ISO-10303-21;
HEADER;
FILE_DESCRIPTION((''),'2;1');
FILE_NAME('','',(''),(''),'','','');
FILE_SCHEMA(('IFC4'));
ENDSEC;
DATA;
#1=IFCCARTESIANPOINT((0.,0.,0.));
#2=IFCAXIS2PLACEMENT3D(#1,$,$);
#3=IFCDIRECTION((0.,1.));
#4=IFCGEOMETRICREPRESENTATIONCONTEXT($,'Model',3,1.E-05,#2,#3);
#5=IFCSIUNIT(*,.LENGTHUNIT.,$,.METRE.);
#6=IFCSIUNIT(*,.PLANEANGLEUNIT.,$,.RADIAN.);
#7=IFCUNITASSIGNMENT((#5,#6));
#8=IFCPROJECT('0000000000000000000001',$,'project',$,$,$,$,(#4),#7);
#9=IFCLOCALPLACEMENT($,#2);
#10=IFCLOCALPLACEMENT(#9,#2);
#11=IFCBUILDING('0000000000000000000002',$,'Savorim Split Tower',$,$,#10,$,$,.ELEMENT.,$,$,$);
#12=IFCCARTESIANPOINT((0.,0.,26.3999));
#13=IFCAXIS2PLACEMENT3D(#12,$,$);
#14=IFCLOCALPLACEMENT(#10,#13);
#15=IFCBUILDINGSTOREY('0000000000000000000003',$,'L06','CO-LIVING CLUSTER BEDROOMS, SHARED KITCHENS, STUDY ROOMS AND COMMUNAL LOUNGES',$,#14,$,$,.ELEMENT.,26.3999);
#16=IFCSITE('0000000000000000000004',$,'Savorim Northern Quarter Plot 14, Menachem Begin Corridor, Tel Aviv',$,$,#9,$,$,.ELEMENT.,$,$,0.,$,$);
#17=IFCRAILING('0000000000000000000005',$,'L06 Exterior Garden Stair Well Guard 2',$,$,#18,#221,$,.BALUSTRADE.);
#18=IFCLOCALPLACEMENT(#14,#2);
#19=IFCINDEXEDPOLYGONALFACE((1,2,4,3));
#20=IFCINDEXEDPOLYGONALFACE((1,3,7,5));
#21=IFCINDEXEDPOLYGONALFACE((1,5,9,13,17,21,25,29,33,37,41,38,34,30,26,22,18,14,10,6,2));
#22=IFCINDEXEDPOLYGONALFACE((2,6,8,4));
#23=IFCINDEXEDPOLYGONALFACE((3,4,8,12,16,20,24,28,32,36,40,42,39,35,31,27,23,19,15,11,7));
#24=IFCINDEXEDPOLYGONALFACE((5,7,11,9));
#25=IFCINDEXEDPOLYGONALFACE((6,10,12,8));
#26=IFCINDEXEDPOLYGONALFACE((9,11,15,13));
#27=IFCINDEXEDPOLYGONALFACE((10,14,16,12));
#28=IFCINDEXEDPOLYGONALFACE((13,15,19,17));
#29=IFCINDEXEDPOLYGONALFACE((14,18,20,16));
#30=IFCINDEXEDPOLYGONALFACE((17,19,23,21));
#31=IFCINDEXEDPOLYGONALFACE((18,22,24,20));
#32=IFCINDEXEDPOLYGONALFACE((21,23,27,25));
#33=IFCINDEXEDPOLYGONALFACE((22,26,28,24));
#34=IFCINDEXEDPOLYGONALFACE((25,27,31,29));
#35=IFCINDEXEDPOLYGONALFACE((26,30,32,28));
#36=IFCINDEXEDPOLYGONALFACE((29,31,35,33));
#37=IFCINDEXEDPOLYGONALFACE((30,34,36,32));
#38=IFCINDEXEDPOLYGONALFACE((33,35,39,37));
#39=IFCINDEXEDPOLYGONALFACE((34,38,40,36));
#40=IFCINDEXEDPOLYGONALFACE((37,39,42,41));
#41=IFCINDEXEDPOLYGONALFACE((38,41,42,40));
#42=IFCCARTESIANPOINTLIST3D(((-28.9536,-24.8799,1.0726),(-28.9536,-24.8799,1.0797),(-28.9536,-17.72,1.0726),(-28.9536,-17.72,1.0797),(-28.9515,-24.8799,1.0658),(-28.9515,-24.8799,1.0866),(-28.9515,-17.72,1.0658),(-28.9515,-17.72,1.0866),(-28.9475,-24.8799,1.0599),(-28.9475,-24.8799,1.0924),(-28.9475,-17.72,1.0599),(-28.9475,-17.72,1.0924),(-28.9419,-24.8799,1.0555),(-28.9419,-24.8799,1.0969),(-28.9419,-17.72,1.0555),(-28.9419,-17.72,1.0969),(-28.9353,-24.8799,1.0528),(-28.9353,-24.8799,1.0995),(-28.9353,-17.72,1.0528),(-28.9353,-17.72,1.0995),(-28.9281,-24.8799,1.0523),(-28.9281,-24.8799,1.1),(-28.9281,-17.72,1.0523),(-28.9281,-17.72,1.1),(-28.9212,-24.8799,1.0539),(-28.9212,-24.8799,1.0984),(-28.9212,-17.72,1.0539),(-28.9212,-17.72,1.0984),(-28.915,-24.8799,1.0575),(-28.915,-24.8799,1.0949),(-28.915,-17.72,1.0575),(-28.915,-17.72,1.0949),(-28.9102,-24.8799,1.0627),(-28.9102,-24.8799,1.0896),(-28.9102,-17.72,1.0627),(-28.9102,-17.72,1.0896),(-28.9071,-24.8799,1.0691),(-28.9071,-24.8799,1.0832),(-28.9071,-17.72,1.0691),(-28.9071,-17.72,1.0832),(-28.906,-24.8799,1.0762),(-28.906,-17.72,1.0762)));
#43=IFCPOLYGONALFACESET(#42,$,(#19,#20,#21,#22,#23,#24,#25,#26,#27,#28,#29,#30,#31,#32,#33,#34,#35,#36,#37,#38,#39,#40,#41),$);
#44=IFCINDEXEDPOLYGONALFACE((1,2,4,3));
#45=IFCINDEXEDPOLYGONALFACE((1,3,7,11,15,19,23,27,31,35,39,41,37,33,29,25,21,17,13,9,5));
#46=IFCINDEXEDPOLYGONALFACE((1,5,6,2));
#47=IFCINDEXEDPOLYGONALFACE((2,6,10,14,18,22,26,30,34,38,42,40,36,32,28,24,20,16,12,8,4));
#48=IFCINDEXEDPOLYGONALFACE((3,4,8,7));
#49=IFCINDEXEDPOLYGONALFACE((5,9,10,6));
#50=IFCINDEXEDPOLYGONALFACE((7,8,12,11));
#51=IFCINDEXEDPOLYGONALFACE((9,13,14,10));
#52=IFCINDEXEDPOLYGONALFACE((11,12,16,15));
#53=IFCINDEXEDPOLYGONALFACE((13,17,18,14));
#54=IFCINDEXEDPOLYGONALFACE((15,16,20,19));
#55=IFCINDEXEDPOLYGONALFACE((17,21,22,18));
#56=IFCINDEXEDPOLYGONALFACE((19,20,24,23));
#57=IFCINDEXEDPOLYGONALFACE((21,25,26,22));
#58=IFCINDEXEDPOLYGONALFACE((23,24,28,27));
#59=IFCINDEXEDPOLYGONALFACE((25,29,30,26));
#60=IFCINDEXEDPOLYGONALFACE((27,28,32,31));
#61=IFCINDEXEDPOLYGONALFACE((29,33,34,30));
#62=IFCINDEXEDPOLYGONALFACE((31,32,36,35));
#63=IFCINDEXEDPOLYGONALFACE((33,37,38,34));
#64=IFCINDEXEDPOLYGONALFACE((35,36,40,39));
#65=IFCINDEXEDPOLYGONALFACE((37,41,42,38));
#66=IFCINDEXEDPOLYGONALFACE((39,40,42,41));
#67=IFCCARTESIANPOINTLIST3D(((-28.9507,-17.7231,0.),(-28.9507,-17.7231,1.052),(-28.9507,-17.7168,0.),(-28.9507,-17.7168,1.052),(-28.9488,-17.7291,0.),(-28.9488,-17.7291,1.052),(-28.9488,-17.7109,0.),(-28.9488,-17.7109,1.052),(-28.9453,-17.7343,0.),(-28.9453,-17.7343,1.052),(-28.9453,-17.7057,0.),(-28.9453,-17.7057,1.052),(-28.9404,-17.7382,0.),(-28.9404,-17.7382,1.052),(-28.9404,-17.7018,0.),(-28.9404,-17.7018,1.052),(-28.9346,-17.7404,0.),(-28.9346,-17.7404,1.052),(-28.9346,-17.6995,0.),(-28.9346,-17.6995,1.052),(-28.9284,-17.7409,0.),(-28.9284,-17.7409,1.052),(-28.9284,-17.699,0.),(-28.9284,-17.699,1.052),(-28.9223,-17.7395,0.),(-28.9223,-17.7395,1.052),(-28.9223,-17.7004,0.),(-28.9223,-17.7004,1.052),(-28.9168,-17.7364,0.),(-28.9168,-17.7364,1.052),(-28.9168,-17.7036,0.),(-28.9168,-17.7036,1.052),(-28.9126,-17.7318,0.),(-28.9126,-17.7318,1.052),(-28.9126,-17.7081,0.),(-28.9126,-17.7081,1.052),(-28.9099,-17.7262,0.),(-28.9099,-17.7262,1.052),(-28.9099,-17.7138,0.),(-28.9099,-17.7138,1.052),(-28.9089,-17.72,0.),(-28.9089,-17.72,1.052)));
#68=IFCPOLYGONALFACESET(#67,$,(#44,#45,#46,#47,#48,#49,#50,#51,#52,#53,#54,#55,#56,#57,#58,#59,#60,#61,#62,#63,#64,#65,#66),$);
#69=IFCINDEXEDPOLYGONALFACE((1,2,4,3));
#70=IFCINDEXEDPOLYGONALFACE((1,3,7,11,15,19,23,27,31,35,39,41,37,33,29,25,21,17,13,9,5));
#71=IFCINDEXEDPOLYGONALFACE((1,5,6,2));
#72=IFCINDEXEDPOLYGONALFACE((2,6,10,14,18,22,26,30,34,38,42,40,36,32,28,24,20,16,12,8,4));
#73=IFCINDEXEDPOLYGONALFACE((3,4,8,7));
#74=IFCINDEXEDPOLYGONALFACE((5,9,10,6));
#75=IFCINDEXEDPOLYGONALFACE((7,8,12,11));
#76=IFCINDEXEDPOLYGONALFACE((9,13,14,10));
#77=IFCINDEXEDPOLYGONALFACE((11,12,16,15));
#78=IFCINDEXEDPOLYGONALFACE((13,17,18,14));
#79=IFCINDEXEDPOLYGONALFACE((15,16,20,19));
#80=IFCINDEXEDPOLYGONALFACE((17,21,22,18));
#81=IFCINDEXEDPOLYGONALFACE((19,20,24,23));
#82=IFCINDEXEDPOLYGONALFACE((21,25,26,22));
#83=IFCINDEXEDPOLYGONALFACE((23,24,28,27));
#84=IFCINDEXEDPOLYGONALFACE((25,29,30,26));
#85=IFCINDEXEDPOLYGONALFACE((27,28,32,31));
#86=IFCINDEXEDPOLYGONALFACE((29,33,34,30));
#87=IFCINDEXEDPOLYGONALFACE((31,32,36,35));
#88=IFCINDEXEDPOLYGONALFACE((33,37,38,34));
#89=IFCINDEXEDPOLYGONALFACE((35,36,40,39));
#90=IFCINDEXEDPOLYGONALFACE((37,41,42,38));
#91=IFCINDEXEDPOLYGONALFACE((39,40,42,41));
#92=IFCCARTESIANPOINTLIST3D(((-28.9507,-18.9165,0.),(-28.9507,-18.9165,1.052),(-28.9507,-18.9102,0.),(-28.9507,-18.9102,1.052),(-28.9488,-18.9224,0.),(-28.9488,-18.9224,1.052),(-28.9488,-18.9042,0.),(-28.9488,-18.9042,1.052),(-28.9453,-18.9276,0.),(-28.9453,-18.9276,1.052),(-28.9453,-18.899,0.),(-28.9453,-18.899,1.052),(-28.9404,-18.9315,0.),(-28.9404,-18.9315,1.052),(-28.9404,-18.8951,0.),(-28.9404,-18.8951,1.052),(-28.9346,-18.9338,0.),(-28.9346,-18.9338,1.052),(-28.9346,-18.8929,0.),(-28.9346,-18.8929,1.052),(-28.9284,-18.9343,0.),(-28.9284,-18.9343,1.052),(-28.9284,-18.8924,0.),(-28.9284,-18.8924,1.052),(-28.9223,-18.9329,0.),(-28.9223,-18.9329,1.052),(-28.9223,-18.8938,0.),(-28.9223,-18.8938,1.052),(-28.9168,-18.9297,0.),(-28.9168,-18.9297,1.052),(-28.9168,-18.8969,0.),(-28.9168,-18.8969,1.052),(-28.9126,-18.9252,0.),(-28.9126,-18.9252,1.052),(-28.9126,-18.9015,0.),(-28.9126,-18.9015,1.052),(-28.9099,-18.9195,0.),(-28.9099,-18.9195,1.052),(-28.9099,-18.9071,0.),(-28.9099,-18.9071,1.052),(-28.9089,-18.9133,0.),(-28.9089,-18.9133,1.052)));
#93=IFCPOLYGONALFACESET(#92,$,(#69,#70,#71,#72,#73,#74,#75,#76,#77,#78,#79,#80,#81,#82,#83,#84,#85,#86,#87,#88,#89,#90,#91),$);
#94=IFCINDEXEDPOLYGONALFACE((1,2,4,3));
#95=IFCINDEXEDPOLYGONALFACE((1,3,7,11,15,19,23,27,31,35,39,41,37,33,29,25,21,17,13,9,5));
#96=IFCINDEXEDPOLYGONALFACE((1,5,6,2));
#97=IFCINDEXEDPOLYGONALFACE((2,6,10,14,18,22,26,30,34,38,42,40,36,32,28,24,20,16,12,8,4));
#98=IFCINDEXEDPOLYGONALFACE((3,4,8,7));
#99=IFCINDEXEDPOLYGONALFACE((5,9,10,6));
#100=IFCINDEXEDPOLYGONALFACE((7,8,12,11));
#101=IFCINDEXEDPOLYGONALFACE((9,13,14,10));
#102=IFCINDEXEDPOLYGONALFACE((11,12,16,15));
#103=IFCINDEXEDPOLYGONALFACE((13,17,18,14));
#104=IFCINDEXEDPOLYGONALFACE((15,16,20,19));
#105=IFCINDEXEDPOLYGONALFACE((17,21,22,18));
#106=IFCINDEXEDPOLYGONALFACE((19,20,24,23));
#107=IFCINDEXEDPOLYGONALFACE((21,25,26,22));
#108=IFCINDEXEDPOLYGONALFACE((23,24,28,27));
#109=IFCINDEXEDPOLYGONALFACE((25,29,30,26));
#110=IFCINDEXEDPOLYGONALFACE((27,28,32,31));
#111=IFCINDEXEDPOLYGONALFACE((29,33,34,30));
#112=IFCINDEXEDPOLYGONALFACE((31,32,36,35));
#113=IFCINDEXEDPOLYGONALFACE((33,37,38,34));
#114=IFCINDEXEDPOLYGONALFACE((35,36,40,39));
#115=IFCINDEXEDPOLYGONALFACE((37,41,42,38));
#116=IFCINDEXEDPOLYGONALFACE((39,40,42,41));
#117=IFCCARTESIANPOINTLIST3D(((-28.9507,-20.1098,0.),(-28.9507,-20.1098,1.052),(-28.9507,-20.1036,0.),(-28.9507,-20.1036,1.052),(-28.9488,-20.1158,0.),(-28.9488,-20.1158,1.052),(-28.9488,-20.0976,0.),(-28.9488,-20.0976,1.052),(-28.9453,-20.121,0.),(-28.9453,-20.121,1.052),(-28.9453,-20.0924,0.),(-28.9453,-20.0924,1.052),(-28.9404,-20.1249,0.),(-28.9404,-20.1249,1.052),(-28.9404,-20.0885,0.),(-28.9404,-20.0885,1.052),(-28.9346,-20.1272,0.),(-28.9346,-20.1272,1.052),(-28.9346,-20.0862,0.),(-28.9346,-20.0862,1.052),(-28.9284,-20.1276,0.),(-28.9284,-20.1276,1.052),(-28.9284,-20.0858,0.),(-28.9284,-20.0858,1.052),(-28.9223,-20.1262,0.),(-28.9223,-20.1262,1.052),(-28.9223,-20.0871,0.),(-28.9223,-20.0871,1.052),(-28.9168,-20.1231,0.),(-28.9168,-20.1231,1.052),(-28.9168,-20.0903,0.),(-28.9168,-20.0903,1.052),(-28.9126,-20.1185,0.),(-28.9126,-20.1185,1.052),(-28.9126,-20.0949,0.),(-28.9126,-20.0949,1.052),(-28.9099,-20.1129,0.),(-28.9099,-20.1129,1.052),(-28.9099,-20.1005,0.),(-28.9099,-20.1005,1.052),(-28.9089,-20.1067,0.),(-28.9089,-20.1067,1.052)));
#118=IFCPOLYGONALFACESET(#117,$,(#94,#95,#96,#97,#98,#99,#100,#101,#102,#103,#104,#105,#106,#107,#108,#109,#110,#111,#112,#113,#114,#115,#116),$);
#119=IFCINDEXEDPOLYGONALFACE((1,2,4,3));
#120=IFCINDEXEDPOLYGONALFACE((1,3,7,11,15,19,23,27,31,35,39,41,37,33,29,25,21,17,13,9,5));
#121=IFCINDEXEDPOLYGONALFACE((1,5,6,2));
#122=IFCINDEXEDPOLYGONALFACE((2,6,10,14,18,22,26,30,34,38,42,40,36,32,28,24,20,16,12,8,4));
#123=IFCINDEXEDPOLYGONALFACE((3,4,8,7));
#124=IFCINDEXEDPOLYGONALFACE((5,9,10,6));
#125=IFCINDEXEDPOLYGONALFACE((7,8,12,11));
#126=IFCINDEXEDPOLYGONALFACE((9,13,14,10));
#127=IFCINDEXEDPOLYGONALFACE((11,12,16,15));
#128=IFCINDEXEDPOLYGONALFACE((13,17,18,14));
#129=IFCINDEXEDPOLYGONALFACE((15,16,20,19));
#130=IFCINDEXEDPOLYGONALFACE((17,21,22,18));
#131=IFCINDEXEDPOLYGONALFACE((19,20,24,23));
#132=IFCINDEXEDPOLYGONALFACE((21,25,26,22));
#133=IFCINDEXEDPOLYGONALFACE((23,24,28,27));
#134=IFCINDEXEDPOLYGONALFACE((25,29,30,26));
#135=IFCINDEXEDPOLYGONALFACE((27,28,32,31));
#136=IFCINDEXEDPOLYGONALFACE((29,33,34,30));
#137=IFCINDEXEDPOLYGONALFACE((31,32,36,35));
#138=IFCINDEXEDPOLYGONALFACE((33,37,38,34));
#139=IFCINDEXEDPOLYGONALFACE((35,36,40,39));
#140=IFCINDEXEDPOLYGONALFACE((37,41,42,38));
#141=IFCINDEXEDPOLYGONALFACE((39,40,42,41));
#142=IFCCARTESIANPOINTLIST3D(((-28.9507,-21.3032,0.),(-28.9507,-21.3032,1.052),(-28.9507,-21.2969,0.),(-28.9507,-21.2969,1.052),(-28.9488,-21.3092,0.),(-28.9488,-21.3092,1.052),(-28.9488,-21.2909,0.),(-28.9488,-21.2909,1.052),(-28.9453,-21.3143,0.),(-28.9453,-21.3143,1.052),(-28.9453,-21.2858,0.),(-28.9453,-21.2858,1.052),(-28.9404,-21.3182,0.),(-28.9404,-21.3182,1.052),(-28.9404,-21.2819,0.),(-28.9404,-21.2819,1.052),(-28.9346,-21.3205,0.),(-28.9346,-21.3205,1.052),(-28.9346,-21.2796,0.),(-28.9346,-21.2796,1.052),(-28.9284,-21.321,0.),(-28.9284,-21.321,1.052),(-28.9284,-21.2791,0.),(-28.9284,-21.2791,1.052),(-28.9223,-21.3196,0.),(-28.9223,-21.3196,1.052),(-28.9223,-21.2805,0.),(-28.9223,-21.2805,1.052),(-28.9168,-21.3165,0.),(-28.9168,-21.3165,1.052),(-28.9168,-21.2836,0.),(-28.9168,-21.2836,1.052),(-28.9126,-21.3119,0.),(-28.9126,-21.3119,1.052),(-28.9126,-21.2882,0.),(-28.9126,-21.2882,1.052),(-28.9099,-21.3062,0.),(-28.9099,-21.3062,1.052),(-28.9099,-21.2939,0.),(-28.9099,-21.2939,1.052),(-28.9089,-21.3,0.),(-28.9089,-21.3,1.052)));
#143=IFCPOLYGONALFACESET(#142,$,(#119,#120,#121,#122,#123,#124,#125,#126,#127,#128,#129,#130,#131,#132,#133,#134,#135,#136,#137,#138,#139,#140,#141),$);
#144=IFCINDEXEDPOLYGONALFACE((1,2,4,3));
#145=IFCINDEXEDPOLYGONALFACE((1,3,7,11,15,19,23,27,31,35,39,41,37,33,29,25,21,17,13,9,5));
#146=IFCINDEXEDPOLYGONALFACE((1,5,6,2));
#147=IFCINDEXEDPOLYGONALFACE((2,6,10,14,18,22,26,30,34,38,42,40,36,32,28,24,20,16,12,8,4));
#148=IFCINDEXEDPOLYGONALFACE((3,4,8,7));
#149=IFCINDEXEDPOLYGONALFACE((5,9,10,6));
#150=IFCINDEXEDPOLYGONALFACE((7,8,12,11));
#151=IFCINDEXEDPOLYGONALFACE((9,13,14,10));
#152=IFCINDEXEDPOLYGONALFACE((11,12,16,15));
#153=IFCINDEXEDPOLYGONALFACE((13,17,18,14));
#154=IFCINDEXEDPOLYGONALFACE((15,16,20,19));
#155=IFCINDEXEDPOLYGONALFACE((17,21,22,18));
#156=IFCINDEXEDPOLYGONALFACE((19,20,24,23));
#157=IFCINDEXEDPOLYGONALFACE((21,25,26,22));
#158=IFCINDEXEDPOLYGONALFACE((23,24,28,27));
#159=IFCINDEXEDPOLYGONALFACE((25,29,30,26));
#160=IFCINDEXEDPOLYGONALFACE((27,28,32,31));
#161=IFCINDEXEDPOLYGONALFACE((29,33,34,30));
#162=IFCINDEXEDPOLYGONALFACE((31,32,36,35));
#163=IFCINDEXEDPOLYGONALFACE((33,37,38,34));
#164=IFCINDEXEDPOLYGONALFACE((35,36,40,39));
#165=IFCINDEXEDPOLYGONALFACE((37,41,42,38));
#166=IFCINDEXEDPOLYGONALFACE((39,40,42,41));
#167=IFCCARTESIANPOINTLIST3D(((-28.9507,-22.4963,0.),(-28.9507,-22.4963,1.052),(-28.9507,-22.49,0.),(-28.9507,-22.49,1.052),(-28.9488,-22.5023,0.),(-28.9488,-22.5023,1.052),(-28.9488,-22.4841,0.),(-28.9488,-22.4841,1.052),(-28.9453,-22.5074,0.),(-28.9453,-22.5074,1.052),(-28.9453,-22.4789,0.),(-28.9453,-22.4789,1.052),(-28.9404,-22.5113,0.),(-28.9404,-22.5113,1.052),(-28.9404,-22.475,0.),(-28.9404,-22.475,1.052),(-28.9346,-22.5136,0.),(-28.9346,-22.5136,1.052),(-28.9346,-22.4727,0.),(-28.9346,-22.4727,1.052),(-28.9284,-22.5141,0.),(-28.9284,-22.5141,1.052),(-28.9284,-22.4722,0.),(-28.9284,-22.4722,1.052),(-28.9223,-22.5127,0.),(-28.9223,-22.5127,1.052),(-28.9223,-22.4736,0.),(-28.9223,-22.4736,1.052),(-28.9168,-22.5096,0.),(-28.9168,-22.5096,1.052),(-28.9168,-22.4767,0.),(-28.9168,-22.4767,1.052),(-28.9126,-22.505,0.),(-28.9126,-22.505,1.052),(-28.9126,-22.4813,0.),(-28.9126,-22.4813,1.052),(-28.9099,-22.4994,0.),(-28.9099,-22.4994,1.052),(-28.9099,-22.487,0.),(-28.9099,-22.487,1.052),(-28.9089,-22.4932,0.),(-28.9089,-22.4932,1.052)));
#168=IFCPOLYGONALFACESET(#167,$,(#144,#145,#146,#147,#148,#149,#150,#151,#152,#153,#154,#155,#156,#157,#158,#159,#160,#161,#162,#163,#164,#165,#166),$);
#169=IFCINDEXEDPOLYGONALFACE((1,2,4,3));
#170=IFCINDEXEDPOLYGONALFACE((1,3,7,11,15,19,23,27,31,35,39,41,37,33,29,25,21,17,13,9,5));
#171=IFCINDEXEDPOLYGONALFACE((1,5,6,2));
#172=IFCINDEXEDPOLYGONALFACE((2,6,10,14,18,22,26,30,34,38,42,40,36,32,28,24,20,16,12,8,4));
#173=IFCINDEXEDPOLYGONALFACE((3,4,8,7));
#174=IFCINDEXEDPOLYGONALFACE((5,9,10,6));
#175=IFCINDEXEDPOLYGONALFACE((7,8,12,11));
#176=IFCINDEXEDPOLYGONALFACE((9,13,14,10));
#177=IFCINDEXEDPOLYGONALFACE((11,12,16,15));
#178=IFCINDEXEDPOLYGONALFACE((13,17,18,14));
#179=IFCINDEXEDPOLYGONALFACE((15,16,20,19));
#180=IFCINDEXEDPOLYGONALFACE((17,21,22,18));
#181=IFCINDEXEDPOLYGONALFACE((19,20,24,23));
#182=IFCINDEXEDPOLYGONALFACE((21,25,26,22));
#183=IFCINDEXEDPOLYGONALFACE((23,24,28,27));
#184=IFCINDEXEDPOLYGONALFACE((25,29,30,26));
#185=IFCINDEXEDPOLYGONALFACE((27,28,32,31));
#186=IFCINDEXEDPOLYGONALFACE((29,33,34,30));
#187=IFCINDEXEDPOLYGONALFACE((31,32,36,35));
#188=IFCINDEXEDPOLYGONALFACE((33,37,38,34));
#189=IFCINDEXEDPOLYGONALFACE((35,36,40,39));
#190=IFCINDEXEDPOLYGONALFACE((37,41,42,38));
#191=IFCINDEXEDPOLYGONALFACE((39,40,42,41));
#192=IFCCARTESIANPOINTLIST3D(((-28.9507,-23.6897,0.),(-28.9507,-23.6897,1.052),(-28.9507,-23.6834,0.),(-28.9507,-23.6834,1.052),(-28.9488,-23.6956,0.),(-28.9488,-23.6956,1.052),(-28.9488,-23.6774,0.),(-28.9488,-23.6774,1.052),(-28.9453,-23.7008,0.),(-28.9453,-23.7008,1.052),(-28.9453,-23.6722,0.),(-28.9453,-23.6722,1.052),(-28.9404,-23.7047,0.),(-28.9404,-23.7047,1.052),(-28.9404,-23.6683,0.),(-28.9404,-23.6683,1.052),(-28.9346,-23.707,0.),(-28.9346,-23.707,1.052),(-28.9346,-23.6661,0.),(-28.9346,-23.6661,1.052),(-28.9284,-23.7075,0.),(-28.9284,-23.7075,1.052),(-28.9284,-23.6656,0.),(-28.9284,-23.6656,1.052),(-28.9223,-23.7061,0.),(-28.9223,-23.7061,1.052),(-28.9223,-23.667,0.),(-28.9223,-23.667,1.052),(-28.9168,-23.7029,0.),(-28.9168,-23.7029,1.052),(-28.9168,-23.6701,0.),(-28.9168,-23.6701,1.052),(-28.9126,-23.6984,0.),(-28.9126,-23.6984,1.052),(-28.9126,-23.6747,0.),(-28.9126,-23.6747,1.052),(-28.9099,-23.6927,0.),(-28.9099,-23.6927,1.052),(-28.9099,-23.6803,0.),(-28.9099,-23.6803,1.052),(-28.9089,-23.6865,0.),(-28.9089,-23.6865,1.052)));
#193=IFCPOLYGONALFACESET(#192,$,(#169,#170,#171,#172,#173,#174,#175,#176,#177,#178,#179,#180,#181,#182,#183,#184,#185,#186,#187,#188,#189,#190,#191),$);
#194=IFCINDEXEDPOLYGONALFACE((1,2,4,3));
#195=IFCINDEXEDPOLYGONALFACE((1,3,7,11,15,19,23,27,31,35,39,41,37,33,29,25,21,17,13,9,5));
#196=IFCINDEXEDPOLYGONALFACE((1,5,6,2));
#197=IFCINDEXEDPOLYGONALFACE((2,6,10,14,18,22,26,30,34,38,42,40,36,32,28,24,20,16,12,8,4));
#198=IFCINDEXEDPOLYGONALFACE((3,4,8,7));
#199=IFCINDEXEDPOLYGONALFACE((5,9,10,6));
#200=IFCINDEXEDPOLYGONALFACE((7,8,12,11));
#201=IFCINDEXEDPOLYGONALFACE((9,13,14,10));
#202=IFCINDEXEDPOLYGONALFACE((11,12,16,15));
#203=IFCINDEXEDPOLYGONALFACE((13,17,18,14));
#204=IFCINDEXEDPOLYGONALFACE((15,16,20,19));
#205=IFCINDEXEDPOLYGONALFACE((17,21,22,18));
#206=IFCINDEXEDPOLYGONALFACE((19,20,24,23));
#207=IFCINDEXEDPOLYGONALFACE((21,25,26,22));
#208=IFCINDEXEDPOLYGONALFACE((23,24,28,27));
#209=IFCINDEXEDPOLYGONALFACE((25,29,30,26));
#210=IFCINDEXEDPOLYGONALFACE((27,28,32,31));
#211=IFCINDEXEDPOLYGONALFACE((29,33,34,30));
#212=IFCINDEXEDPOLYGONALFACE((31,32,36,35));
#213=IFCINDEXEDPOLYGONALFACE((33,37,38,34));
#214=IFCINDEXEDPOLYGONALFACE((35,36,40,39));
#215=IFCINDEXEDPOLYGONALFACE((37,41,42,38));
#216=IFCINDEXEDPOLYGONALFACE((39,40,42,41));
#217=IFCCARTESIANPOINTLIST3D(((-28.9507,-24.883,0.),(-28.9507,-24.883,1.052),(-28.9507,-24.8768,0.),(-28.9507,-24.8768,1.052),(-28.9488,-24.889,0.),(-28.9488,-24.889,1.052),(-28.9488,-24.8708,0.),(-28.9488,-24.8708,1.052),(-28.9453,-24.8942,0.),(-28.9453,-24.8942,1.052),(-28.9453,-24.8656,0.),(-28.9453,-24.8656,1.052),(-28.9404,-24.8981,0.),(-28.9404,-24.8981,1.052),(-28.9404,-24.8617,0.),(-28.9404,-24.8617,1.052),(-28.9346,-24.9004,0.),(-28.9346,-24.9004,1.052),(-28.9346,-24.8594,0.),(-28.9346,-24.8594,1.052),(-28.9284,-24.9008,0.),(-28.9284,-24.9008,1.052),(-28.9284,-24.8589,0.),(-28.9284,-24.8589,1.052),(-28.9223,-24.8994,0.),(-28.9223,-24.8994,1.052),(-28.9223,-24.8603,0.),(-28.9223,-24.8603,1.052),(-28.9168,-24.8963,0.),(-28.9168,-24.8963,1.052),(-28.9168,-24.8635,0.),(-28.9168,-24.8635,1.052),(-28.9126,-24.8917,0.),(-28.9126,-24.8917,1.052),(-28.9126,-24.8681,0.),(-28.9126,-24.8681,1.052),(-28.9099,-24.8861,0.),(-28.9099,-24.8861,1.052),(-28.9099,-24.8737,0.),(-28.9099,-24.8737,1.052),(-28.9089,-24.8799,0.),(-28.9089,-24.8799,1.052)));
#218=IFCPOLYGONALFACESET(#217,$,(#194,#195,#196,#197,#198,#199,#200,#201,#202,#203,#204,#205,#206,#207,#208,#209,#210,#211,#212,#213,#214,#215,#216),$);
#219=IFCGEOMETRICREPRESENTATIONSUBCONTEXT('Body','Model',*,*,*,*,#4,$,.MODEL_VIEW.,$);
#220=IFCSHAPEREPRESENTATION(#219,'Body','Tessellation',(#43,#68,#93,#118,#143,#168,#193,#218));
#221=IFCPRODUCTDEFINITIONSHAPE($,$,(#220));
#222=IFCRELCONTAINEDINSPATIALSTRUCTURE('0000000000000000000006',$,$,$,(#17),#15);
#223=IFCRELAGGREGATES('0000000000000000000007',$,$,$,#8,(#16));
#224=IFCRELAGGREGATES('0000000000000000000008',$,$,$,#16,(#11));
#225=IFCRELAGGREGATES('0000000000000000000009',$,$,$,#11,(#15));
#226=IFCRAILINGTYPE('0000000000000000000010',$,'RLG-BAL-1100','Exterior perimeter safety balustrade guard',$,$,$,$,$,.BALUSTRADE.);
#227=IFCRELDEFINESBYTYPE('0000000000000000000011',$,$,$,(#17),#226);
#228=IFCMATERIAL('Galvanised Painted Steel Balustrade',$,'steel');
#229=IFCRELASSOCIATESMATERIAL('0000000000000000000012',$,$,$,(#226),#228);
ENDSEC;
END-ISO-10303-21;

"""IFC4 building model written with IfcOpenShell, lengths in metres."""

from ifc_helpers import new_model, si_unit, direction, frame, origin, origin_2d, place, context, subcontext, project, spatial, circle, extrude, material, type_object, element, save


model = new_model("IFC4")

# Units and contexts
model_context = context("Model", 3, precision=1e-05, world=origin(), true_north=direction((0.0, 1.0)))
body_context = subcontext(model_context, "Body", "Model", "MODEL_VIEW")
ifc_project = project(units=[si_unit("LENGTHUNIT", "METRE"), si_unit("PLANEANGLEUNIT", "RADIAN")], contexts=[model_context])

# Site, building, storey
site_placement = place(None, origin())
site = spatial("IfcSite", under=ifc_project, at=site_placement, Name="Savorim Northern Quarter Plot 14, Menachem Begin Corridor, Tel Aviv", CompositionType="ELEMENT", RefElevation=0.0)
building_placement = place(site_placement, origin())
building = spatial("IfcBuilding", under=site, at=building_placement, Name="Savorim Split Tower", CompositionType="ELEMENT")
storey_placement = place(building_placement, frame((0.0, 0.0, 26.3999)))
storey = spatial("IfcBuildingStorey", under=building, at=storey_placement, Name="L06", Description="CO-LIVING CLUSTER BEDROOMS, SHARED KITCHENS, STUDY ROOMS AND COMMUNAL LOUNGES", CompositionType="ELEMENT", Elevation=26.3999)

# Railing
ifc_material_1 = material(Name="Galvanised Painted Steel Balustrade", Category="steel")
railing_type_1 = type_object("IfcRailingType", Name="RLG-BAL-1100", Description="Exterior perimeter safety balustrade guard", PredefinedType="BALUSTRADE", material=ifc_material_1)
railing_1_placement = place(storey_placement, frame((-28.9299, -17.72, 0.0)))
element("IfcRailing", 1, at=railing_1_placement, inside=storey, type_object=railing_type_1, Name="L06 Exterior Garden Stair Well Guard 2", PredefinedType="BALUSTRADE", context=body_context, shape_type="SweptSolid", body=[
    extrude(circle(Radius=0.0239, at=origin_2d()), frame((0.0, 0.0, 1.0762), z_axis=(0.0, -1.0, 0.0), x_axis=(1.0, 0.0, 0.0)), (0.0, 0.0, 1.0), 7.1599),
    extrude(circle(Radius=0.021, at=origin_2d()), origin(), (0.0, 0.0, 1.0), 1.052),
    extrude(circle(Radius=0.021, at=origin_2d()), frame((0.0, -1.1934, 0.0)), (0.0, 0.0, 1.0), 1.052),
    extrude(circle(Radius=0.021, at=origin_2d()), frame((0.0, -2.3867, 0.0)), (0.0, 0.0, 1.0), 1.052),
    extrude(circle(Radius=0.021, at=origin_2d()), frame((0.0, -3.5801, 0.0)), (0.0, 0.0, 1.0), 1.052),
    extrude(circle(Radius=0.021, at=origin_2d()), frame((0.0, -4.7732, 0.0)), (0.0, 0.0, 1.0), 1.052),
    extrude(circle(Radius=0.021, at=origin_2d()), frame((0.0, -5.9666, 0.0)), (0.0, 0.0, 1.0), 1.052),
    extrude(circle(Radius=0.021, at=origin_2d()), frame((0.0, -7.1599, 0.0)), (0.0, 0.0, 1.0), 1.052),
])

save(model, "model.ifc")
